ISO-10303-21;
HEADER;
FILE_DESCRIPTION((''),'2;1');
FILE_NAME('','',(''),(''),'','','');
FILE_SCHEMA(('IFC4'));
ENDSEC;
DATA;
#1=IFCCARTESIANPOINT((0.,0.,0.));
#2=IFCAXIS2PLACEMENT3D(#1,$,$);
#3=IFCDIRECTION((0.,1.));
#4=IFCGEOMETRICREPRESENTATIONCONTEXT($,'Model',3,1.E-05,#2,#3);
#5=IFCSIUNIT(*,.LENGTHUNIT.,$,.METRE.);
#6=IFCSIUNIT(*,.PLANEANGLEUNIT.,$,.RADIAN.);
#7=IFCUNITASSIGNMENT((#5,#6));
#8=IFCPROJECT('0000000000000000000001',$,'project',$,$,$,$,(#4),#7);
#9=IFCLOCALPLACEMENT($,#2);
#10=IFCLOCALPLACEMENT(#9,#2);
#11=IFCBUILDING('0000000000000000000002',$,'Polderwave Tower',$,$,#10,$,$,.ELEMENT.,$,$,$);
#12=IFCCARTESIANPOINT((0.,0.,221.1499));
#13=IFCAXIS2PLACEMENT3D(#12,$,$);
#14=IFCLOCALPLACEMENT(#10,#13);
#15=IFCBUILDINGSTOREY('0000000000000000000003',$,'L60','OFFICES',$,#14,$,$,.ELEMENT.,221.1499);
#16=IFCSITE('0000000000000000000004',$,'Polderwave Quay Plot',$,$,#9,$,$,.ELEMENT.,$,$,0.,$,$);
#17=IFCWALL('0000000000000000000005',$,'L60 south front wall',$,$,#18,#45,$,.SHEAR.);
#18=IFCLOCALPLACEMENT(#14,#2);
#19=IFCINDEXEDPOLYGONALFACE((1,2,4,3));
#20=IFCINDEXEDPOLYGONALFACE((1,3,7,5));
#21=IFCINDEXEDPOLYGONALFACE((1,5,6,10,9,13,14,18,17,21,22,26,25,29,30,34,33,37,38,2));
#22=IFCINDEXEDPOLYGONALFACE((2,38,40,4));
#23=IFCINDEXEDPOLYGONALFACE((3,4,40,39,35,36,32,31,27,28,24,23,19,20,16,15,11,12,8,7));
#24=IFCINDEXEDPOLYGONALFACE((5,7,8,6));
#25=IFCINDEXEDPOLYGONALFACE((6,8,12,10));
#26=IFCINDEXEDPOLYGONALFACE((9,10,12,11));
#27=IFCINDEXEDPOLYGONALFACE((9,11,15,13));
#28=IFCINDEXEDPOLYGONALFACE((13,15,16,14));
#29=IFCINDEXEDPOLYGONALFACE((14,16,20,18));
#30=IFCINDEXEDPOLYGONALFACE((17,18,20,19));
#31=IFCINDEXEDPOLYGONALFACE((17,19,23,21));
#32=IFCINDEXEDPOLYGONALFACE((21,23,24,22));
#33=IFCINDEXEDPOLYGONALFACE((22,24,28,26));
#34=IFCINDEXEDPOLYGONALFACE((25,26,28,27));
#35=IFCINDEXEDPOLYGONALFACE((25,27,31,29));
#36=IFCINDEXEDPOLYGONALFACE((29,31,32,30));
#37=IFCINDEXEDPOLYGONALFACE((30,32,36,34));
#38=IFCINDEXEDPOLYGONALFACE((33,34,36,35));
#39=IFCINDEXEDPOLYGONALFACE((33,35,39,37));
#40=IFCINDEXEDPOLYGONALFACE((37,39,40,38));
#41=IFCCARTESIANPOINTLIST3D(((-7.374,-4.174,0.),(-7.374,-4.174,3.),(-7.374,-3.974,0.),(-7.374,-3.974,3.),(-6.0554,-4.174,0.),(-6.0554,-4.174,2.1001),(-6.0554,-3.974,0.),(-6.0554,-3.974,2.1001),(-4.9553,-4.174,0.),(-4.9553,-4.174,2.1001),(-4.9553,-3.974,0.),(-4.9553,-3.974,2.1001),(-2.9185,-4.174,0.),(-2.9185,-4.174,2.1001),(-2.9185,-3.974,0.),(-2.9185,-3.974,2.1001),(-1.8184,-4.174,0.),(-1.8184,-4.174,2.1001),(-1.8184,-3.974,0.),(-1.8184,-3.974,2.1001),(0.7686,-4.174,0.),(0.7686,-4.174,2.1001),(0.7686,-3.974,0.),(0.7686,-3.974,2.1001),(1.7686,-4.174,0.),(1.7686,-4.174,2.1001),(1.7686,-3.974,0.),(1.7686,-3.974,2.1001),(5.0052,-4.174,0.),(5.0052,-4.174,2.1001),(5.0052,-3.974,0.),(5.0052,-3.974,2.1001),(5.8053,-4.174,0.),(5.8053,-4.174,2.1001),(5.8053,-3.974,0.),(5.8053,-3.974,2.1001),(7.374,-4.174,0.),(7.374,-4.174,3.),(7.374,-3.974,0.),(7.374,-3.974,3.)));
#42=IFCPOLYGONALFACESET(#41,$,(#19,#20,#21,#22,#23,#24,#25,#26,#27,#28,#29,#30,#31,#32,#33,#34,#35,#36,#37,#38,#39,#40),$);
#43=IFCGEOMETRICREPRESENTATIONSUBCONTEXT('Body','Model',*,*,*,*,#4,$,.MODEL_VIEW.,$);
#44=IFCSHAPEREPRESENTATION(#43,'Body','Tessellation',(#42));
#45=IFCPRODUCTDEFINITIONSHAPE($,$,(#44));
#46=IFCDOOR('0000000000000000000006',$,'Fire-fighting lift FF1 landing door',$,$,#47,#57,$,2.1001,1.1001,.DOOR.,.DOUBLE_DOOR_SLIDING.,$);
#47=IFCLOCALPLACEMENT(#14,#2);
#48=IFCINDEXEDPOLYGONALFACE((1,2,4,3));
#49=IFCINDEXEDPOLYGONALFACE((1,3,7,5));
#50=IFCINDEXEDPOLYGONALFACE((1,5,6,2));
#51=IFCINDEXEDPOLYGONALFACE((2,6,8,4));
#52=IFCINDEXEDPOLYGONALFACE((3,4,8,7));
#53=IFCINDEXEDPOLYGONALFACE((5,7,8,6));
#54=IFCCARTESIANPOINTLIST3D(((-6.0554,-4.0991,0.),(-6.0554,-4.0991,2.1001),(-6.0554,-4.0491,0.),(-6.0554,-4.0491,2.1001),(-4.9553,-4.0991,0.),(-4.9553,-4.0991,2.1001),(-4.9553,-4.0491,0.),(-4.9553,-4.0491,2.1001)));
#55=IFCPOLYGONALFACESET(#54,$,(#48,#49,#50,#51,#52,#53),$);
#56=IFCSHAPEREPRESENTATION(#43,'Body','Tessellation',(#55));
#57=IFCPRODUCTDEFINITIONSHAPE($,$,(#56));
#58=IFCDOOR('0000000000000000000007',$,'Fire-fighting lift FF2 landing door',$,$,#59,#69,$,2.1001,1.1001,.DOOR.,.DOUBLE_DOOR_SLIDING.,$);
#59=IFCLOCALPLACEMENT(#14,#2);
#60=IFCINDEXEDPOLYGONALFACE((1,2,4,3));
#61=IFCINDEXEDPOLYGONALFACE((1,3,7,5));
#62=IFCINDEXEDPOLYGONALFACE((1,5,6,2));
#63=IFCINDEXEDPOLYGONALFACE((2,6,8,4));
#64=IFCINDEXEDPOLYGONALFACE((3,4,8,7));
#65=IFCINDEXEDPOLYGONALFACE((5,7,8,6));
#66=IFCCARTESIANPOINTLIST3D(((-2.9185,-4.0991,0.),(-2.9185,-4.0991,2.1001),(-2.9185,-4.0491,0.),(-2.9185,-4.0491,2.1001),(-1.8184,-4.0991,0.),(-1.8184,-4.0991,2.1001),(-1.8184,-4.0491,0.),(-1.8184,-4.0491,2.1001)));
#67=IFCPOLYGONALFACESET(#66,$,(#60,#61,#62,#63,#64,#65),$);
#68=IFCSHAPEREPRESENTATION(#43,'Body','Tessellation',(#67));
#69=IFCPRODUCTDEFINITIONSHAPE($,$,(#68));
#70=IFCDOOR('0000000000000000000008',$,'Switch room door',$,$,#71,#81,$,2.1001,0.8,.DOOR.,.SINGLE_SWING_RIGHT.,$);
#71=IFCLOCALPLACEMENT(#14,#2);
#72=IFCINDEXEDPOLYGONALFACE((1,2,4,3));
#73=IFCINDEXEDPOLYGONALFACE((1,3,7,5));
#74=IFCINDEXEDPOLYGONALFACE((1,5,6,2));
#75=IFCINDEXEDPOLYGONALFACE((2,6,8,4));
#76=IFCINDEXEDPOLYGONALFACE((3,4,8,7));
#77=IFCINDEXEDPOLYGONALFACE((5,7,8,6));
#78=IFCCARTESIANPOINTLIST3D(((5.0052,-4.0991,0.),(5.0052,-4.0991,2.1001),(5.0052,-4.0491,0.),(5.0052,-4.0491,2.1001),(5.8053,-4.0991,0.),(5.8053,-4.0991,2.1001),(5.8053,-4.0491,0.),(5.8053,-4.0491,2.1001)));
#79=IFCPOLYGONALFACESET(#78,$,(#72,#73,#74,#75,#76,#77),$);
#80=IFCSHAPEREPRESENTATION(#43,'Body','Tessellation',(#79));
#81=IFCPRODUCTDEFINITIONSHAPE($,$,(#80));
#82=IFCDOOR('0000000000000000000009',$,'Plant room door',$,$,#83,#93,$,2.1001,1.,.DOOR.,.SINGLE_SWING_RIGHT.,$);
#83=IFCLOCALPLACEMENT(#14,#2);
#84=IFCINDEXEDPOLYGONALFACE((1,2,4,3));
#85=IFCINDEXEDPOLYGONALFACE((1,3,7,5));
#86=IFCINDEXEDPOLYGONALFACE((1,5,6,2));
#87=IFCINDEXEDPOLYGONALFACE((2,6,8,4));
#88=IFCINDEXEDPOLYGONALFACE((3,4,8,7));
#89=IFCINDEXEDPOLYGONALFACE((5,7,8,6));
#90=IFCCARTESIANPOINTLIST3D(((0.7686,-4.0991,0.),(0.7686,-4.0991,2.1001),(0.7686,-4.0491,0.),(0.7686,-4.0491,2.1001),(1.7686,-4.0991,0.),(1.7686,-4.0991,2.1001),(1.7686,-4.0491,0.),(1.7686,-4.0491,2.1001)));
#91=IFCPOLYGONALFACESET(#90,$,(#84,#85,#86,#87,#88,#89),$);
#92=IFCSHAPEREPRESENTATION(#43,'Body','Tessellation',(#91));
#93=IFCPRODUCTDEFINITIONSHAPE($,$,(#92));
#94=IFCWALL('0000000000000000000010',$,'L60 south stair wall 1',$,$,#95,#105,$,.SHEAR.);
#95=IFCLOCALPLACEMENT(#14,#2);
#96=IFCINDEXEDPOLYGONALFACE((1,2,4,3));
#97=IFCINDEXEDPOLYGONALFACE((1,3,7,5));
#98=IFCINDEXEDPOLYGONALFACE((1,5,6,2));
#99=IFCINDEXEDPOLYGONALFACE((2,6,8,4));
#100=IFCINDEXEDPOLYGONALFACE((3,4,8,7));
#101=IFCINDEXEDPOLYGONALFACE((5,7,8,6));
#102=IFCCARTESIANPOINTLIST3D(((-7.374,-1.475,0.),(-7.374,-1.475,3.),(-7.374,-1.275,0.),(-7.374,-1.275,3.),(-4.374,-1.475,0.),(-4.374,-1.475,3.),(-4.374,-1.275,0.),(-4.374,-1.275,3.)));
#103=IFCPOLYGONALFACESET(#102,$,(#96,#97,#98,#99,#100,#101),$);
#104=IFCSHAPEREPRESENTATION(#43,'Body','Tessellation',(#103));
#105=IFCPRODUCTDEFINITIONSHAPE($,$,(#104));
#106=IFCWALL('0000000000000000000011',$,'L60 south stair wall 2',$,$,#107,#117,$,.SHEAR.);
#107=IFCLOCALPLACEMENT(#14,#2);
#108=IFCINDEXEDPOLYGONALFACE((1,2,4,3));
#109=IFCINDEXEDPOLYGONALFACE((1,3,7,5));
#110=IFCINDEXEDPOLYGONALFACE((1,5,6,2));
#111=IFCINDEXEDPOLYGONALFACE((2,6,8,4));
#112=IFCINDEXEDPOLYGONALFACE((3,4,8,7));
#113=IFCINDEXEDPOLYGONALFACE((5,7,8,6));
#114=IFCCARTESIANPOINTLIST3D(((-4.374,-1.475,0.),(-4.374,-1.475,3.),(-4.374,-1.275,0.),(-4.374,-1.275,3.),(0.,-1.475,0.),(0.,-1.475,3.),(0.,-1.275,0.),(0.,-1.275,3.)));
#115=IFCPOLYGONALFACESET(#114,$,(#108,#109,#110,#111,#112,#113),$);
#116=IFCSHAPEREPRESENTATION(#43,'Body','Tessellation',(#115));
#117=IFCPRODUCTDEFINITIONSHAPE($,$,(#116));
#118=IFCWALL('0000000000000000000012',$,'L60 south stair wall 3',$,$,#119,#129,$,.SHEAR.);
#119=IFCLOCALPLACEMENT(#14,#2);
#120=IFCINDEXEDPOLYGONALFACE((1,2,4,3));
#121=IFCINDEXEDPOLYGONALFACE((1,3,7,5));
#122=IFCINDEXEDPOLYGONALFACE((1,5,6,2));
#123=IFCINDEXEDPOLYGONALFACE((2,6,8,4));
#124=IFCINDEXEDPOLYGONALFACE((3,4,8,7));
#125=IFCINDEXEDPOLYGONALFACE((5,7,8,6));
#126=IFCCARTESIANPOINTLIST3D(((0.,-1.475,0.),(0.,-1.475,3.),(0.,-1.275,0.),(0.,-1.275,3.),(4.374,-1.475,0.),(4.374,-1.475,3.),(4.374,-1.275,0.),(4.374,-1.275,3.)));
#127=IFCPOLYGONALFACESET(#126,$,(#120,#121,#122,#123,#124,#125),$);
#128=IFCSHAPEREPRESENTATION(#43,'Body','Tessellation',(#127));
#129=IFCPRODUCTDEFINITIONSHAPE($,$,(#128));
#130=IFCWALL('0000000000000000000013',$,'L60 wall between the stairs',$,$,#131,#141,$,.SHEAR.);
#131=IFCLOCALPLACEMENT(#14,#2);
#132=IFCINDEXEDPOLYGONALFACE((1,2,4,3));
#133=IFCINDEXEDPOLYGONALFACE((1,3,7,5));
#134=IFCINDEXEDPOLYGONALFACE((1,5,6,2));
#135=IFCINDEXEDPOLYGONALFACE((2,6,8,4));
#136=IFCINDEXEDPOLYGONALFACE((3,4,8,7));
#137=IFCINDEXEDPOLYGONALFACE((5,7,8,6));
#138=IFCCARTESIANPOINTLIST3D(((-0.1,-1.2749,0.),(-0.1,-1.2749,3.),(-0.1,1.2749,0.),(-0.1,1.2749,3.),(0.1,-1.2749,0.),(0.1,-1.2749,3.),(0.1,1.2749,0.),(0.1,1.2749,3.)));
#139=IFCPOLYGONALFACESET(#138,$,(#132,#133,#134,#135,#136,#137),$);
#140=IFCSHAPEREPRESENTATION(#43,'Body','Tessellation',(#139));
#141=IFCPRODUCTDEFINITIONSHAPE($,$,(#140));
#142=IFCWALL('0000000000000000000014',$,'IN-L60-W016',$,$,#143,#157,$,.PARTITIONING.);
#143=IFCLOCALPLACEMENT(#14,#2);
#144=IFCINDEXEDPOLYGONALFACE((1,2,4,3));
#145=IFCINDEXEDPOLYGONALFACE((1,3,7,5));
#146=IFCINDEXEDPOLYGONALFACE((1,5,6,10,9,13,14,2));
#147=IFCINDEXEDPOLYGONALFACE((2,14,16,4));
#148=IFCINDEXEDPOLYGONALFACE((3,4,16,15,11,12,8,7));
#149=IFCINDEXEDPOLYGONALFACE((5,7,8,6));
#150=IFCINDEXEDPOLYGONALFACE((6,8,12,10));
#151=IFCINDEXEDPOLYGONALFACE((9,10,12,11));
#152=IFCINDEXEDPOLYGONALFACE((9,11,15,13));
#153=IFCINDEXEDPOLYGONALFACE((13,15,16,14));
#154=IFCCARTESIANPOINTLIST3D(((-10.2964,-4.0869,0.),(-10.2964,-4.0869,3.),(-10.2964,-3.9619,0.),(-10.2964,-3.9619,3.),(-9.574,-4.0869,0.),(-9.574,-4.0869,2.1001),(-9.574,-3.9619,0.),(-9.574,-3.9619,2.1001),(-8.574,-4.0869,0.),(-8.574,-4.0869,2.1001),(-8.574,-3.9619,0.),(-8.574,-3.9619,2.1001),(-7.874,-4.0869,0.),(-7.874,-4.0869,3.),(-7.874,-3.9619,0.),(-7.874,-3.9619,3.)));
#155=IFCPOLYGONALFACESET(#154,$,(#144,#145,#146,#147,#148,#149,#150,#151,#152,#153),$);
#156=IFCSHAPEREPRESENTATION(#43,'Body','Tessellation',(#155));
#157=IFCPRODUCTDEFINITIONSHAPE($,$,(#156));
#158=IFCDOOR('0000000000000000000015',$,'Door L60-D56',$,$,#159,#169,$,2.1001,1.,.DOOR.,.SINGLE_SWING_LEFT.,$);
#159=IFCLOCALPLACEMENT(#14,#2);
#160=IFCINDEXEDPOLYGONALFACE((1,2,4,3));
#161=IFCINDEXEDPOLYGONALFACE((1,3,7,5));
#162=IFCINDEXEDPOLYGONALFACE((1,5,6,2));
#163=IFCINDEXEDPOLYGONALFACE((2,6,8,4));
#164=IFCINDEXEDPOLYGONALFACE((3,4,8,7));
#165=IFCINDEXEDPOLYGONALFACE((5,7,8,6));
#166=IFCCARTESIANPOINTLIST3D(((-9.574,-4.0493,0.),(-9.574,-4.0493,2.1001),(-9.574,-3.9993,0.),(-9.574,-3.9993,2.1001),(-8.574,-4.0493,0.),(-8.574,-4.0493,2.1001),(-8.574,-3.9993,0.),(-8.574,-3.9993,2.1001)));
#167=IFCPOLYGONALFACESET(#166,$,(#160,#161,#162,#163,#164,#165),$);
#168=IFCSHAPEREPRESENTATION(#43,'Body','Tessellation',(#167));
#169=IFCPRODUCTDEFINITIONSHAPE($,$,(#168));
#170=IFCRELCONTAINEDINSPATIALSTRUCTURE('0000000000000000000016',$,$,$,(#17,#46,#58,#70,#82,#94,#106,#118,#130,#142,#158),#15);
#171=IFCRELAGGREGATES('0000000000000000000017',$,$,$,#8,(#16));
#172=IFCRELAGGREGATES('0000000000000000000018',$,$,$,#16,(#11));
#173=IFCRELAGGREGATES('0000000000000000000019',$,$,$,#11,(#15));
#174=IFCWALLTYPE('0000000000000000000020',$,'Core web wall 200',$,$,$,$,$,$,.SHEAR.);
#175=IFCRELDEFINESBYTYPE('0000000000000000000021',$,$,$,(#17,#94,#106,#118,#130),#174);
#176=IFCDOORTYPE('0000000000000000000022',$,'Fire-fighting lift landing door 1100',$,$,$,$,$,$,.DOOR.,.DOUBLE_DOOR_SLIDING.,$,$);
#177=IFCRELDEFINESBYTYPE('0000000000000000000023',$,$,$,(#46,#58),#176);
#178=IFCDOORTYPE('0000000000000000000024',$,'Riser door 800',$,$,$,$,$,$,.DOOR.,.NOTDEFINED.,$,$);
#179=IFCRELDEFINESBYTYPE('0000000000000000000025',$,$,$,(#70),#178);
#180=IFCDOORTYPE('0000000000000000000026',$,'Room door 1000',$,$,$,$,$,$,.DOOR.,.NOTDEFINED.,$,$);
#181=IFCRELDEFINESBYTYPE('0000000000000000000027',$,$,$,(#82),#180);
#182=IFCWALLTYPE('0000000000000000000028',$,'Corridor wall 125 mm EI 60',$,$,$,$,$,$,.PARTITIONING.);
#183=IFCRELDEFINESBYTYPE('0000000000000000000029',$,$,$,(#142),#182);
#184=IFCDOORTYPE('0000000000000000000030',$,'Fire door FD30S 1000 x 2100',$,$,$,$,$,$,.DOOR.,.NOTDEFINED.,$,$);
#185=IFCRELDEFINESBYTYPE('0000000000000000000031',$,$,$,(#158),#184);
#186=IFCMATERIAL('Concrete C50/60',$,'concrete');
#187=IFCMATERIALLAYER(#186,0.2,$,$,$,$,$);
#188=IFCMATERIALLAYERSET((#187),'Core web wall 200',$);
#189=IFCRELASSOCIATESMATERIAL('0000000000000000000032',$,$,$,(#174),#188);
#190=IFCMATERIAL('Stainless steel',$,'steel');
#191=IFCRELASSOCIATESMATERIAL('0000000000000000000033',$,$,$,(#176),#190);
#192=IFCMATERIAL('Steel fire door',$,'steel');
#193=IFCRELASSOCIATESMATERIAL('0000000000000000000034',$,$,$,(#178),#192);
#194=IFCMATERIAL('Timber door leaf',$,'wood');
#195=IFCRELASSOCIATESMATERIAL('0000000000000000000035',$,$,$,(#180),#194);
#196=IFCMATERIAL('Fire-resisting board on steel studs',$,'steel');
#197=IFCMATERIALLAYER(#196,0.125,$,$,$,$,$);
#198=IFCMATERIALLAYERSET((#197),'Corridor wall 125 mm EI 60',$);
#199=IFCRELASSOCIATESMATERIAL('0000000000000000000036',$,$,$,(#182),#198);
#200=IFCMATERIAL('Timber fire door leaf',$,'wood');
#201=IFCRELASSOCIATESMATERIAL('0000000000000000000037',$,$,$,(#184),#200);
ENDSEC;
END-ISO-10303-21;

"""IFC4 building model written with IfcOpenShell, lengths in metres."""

from ifc_helpers import new_model, si_unit, direction, frame, frame_2d, origin, place, context, subcontext, project, spatial, rectangle, extrude, material, layer, layer_set, type_object, element, fill, save


model = new_model("IFC4")

# Units and contexts
model_context = context("Model", 3, precision=1e-05, world=origin(), true_north=direction((0.0, 1.0)))
body_context = subcontext(model_context, "Body", "Model", "MODEL_VIEW")
ifc_project = project(units=[si_unit("LENGTHUNIT", "METRE"), si_unit("PLANEANGLEUNIT", "RADIAN")], contexts=[model_context])

# Site, building, storey
site_placement = place(None, origin())
site = spatial("IfcSite", under=ifc_project, at=site_placement, Name="Polderwave Quay Plot", CompositionType="ELEMENT", RefElevation=0.0)
building_placement = place(site_placement, origin())
building = spatial("IfcBuilding", under=site, at=building_placement, Name="Polderwave Tower", CompositionType="ELEMENT")
storey_placement = place(building_placement, frame((0.0, 0.0, 221.1499)))
storey = spatial("IfcBuildingStorey", under=building, at=storey_placement, Name="L60", Description="OFFICES", CompositionType="ELEMENT", Elevation=221.1499)

# Shared definitions
ifc_material_1 = material(Name="Steel fire door", Category="steel")

# Wall, openings, doors
ifc_material_2 = material(Name="Concrete C50/60", Category="concrete")
ifc_layer_1 = layer(ifc_material_2, 0.2)
ifc_layer_set_1 = layer_set([ifc_layer_1], Name="Core web wall 200")
wall_type_1 = type_object("IfcWallType", Name="Core web wall 200", PredefinedType="SHEAR", material=ifc_layer_set_1)
wall_1_placement = place(storey_placement, frame((-7.374, -4.074, 0.0), z_axis=(0.0, 0.0, 1.0), x_axis=(1.0, 0.0, 0.0)))
wall_1 = element("IfcWall", 1, at=wall_1_placement, inside=storey, type_object=wall_type_1, Name="L60 south front wall", PredefinedType="SHEAR", context=body_context, shape_type="SweptSolid", body=[
    extrude(rectangle(XDim=14.748, YDim=0.2, at=frame_2d((7.374, 0.0))), origin(), (0.0, 0.0, 1.0), 3.0),
])
opening_1_placement = place(wall_1_placement, frame((1.3186, 0.0, 0.0)))
opening_1 = element("IfcOpeningElement", 2, at=opening_1_placement, cuts=wall_1, PredefinedType="OPENING", context=body_context, shape_type="SweptSolid", body=[
    extrude(rectangle(XDim=1.1001, YDim=2.1001, at=frame_2d((0.55, 1.05))), frame((0.0, 0.1099, 0.0), z_axis=(0.0, -1.0, 0.0), x_axis=(1.0, 0.0, 0.0)), (0.0, 0.0, 1.0), 0.22),
])
opening_2_placement = place(wall_1_placement, frame((4.4556, 0.0, 0.0)))
opening_2 = element("IfcOpeningElement", 3, at=opening_2_placement, cuts=wall_1, PredefinedType="OPENING", context=body_context, shape_type="SweptSolid", body=[
    extrude(rectangle(XDim=1.1001, YDim=2.1001, at=frame_2d((0.55, 1.05))), frame((0.0, 0.1099, 0.0), z_axis=(0.0, -1.0, 0.0), x_axis=(1.0, 0.0, 0.0)), (0.0, 0.0, 1.0), 0.22),
])
opening_3_placement = place(wall_1_placement, frame((8.1426, 0.0, 0.0)))
opening_3 = element("IfcOpeningElement", 4, at=opening_3_placement, cuts=wall_1, PredefinedType="OPENING", context=body_context, shape_type="SweptSolid", body=[
    extrude(rectangle(XDim=1.0, YDim=2.1001, at=frame_2d((0.5, 1.05))), frame((0.0, 0.1099, 0.0), z_axis=(0.0, -1.0, 0.0), x_axis=(1.0, 0.0, 0.0)), (0.0, 0.0, 1.0), 0.22),
])
opening_4_placement = place(wall_1_placement, frame((12.3794, 0.0, 0.0)))
opening_4 = element("IfcOpeningElement", 5, at=opening_4_placement, cuts=wall_1, PredefinedType="OPENING", context=body_context, shape_type="SweptSolid", body=[
    extrude(rectangle(XDim=0.8, YDim=2.1001, at=frame_2d((0.3999, 1.05))), frame((0.0, 0.1099, 0.0), z_axis=(0.0, -1.0, 0.0), x_axis=(1.0, 0.0, 0.0)), (0.0, 0.0, 1.0), 0.22),
])
ifc_material_3 = material(Name="Stainless steel", Category="steel")
door_type_1 = type_object("IfcDoorType", Name="Fire-fighting lift landing door 1100", OperationType="DOUBLE_DOOR_SLIDING", PredefinedType="DOOR", material=ifc_material_3)
door_1_placement = place(opening_1_placement, origin())
door_1 = element("IfcDoor", 6, at=door_1_placement, inside=storey, type_object=door_type_1, Name="Fire-fighting lift FF1 landing door", OperationType="DOUBLE_DOOR_SLIDING", OverallHeight=2.1001, OverallWidth=1.1001, PredefinedType="DOOR", context=body_context, shape_type="SweptSolid", body=[
    extrude(rectangle(XDim=1.1001, YDim=2.1001, at=frame_2d((0.55, 1.05))), frame((0.0, 0.0249, 0.0), z_axis=(0.0, -1.0, 0.0), x_axis=(1.0, 0.0, 0.0)), (0.0, 0.0, 1.0), 0.05),
])
fill(opening_1, door_1)
door_2_placement = place(opening_2_placement, origin())
door_2 = element("IfcDoor", 7, at=door_2_placement, inside=storey, type_object=door_type_1, Name="Fire-fighting lift FF2 landing door", OperationType="DOUBLE_DOOR_SLIDING", OverallHeight=2.1001, OverallWidth=1.1001, PredefinedType="DOOR", context=body_context, shape_type="SweptSolid", body=[
    extrude(rectangle(XDim=1.1001, YDim=2.1001, at=frame_2d((0.55, 1.05))), frame((0.0, 0.0249, 0.0), z_axis=(0.0, -1.0, 0.0), x_axis=(1.0, 0.0, 0.0)), (0.0, 0.0, 1.0), 0.05),
])
fill(opening_2, door_2)
door_type_2 = type_object("IfcDoorType", Name="Riser door 800", OperationType="NOTDEFINED", PredefinedType="DOOR", material=ifc_material_1)
door_3_placement = place(opening_4_placement, origin())
door_3 = element("IfcDoor", 8, at=door_3_placement, inside=storey, type_object=door_type_2, Name="Switch room door", OperationType="SINGLE_SWING_RIGHT", OverallHeight=2.1001, OverallWidth=0.8, PredefinedType="DOOR", context=body_context, shape_type="SweptSolid", body=[
    extrude(rectangle(XDim=0.8, YDim=2.1001, at=frame_2d((0.3999, 1.05))), frame((0.0, 0.0249, 0.0), z_axis=(0.0, -1.0, 0.0), x_axis=(1.0, 0.0, 0.0)), (0.0, 0.0, 1.0), 0.05),
])
fill(opening_4, door_3)
ifc_material_4 = material(Name="Timber door leaf", Category="wood")
door_type_3 = type_object("IfcDoorType", Name="Room door 1000", OperationType="NOTDEFINED", PredefinedType="DOOR", material=ifc_material_4)
door_4_placement = place(opening_3_placement, origin())
door_4 = element("IfcDoor", 9, at=door_4_placement, inside=storey, type_object=door_type_3, Name="Plant room door", OperationType="SINGLE_SWING_RIGHT", OverallHeight=2.1001, OverallWidth=1.0, PredefinedType="DOOR", context=body_context, shape_type="SweptSolid", body=[
    extrude(rectangle(XDim=1.0, YDim=2.1001, at=frame_2d((0.5, 1.05))), frame((0.0, 0.0249, 0.0), z_axis=(0.0, -1.0, 0.0), x_axis=(1.0, 0.0, 0.0)), (0.0, 0.0, 1.0), 0.05),
])
fill(opening_3, door_4)

# Walls
wall_2_placement = place(storey_placement, frame((-7.374, -1.375, 0.0), z_axis=(0.0, 0.0, 1.0), x_axis=(1.0, 0.0, 0.0)))
element("IfcWall", 10, at=wall_2_placement, inside=storey, type_object=wall_type_1, Name="L60 south stair wall 1", PredefinedType="SHEAR", context=body_context, shape_type="SweptSolid", body=[
    extrude(rectangle(XDim=3.0, YDim=0.2, at=frame_2d((1.5, 0.0))), origin(), (0.0, 0.0, 1.0), 3.0),
])
for number, where, z_axis, x_axis, name in (
    (11, (-4.374, -1.375, 0.0), (0.0, 0.0, 1.0), (1.0, 0.0, 0.0), "L60 south stair wall 2"),
    (12, (0.0, -1.375, 0.0), (0.0, 0.0, 1.0), (1.0, 0.0, 0.0), "L60 south stair wall 3"),
):
    element("IfcWall", number, at=place(storey_placement, frame(where, z_axis=z_axis, x_axis=x_axis)), inside=storey, type_object=wall_type_1, Name=name, PredefinedType="SHEAR", context=body_context, shape_type="SweptSolid", body=[
        extrude(rectangle(XDim=4.374, YDim=0.2, at=frame_2d((2.187, 0.0))), origin(), (0.0, 0.0, 1.0), 3.0),
    ])
wall_3_placement = place(storey_placement, frame((0.0, -1.2749, 0.0), z_axis=(0.0, 0.0, 1.0), x_axis=(0.0, 1.0, 0.0)))
element("IfcWall", 13, at=wall_3_placement, inside=storey, type_object=wall_type_1, Name="L60 wall between the stairs", PredefinedType="SHEAR", context=body_context, shape_type="SweptSolid", body=[
    extrude(rectangle(XDim=2.5498, YDim=0.2, at=frame_2d((1.2749, 0.0))), origin(), (0.0, 0.0, 1.0), 3.0),
])

# Wall, opening, door
ifc_material_5 = material(Name="Fire-resisting board on steel studs", Category="steel")
ifc_layer_2 = layer(ifc_material_5, 0.125)
ifc_layer_set_2 = layer_set([ifc_layer_2], Name="Corridor wall 125 mm EI 60")
wall_type_2 = type_object("IfcWallType", Name="Corridor wall 125 mm EI 60", PredefinedType="PARTITIONING", material=ifc_layer_set_2)
wall_4_placement = place(storey_placement, frame((-7.874, -4.0244, 0.0), z_axis=(0.0, 0.0, 1.0), x_axis=(-1.0, 0.0, 0.0)))
wall_4 = element("IfcWall", 14, at=wall_4_placement, inside=storey, type_object=wall_type_2, Name="IN-L60-W016", PredefinedType="PARTITIONING", context=body_context, shape_type="SweptSolid", body=[
    extrude(rectangle(XDim=2.4224, YDim=0.125, at=frame_2d((1.2112, 0.0))), origin(), (0.0, 0.0, 1.0), 3.0),
])
opening_5_placement = place(wall_4_placement, frame((0.7, 0.0, 0.0)))
opening_5 = element("IfcOpeningElement", 15, at=opening_5_placement, cuts=wall_4, PredefinedType="OPENING", context=body_context, shape_type="SweptSolid", body=[
    extrude(rectangle(XDim=1.0, YDim=2.1001, at=frame_2d((0.5, 1.05))), frame((0.0, 0.0725, 0.0), z_axis=(0.0, -1.0, 0.0), x_axis=(1.0, 0.0, 0.0)), (0.0, 0.0, 1.0), 0.145),
])
ifc_material_6 = material(Name="Timber fire door leaf", Category="wood")
door_type_4 = type_object("IfcDoorType", Name="Fire door FD30S 1000 x 2100", OperationType="NOTDEFINED", PredefinedType="DOOR", material=ifc_material_6)
door_5_placement = place(opening_5_placement, origin())
door_5 = element("IfcDoor", 16, at=door_5_placement, inside=storey, type_object=door_type_4, Name="Door L60-D56", OperationType="SINGLE_SWING_LEFT", OverallHeight=2.1001, OverallWidth=1.0, PredefinedType="DOOR", context=body_context, shape_type="SweptSolid", body=[
    extrude(rectangle(XDim=1.0, YDim=2.1001, at=frame_2d((0.5, 1.05))), frame((0.0, 0.0249, 0.0), z_axis=(0.0, -1.0, 0.0), x_axis=(1.0, 0.0, 0.0)), (0.0, 0.0, 1.0), 0.05),
])
fill(opening_5, door_5)

save(model, "model.ifc")
